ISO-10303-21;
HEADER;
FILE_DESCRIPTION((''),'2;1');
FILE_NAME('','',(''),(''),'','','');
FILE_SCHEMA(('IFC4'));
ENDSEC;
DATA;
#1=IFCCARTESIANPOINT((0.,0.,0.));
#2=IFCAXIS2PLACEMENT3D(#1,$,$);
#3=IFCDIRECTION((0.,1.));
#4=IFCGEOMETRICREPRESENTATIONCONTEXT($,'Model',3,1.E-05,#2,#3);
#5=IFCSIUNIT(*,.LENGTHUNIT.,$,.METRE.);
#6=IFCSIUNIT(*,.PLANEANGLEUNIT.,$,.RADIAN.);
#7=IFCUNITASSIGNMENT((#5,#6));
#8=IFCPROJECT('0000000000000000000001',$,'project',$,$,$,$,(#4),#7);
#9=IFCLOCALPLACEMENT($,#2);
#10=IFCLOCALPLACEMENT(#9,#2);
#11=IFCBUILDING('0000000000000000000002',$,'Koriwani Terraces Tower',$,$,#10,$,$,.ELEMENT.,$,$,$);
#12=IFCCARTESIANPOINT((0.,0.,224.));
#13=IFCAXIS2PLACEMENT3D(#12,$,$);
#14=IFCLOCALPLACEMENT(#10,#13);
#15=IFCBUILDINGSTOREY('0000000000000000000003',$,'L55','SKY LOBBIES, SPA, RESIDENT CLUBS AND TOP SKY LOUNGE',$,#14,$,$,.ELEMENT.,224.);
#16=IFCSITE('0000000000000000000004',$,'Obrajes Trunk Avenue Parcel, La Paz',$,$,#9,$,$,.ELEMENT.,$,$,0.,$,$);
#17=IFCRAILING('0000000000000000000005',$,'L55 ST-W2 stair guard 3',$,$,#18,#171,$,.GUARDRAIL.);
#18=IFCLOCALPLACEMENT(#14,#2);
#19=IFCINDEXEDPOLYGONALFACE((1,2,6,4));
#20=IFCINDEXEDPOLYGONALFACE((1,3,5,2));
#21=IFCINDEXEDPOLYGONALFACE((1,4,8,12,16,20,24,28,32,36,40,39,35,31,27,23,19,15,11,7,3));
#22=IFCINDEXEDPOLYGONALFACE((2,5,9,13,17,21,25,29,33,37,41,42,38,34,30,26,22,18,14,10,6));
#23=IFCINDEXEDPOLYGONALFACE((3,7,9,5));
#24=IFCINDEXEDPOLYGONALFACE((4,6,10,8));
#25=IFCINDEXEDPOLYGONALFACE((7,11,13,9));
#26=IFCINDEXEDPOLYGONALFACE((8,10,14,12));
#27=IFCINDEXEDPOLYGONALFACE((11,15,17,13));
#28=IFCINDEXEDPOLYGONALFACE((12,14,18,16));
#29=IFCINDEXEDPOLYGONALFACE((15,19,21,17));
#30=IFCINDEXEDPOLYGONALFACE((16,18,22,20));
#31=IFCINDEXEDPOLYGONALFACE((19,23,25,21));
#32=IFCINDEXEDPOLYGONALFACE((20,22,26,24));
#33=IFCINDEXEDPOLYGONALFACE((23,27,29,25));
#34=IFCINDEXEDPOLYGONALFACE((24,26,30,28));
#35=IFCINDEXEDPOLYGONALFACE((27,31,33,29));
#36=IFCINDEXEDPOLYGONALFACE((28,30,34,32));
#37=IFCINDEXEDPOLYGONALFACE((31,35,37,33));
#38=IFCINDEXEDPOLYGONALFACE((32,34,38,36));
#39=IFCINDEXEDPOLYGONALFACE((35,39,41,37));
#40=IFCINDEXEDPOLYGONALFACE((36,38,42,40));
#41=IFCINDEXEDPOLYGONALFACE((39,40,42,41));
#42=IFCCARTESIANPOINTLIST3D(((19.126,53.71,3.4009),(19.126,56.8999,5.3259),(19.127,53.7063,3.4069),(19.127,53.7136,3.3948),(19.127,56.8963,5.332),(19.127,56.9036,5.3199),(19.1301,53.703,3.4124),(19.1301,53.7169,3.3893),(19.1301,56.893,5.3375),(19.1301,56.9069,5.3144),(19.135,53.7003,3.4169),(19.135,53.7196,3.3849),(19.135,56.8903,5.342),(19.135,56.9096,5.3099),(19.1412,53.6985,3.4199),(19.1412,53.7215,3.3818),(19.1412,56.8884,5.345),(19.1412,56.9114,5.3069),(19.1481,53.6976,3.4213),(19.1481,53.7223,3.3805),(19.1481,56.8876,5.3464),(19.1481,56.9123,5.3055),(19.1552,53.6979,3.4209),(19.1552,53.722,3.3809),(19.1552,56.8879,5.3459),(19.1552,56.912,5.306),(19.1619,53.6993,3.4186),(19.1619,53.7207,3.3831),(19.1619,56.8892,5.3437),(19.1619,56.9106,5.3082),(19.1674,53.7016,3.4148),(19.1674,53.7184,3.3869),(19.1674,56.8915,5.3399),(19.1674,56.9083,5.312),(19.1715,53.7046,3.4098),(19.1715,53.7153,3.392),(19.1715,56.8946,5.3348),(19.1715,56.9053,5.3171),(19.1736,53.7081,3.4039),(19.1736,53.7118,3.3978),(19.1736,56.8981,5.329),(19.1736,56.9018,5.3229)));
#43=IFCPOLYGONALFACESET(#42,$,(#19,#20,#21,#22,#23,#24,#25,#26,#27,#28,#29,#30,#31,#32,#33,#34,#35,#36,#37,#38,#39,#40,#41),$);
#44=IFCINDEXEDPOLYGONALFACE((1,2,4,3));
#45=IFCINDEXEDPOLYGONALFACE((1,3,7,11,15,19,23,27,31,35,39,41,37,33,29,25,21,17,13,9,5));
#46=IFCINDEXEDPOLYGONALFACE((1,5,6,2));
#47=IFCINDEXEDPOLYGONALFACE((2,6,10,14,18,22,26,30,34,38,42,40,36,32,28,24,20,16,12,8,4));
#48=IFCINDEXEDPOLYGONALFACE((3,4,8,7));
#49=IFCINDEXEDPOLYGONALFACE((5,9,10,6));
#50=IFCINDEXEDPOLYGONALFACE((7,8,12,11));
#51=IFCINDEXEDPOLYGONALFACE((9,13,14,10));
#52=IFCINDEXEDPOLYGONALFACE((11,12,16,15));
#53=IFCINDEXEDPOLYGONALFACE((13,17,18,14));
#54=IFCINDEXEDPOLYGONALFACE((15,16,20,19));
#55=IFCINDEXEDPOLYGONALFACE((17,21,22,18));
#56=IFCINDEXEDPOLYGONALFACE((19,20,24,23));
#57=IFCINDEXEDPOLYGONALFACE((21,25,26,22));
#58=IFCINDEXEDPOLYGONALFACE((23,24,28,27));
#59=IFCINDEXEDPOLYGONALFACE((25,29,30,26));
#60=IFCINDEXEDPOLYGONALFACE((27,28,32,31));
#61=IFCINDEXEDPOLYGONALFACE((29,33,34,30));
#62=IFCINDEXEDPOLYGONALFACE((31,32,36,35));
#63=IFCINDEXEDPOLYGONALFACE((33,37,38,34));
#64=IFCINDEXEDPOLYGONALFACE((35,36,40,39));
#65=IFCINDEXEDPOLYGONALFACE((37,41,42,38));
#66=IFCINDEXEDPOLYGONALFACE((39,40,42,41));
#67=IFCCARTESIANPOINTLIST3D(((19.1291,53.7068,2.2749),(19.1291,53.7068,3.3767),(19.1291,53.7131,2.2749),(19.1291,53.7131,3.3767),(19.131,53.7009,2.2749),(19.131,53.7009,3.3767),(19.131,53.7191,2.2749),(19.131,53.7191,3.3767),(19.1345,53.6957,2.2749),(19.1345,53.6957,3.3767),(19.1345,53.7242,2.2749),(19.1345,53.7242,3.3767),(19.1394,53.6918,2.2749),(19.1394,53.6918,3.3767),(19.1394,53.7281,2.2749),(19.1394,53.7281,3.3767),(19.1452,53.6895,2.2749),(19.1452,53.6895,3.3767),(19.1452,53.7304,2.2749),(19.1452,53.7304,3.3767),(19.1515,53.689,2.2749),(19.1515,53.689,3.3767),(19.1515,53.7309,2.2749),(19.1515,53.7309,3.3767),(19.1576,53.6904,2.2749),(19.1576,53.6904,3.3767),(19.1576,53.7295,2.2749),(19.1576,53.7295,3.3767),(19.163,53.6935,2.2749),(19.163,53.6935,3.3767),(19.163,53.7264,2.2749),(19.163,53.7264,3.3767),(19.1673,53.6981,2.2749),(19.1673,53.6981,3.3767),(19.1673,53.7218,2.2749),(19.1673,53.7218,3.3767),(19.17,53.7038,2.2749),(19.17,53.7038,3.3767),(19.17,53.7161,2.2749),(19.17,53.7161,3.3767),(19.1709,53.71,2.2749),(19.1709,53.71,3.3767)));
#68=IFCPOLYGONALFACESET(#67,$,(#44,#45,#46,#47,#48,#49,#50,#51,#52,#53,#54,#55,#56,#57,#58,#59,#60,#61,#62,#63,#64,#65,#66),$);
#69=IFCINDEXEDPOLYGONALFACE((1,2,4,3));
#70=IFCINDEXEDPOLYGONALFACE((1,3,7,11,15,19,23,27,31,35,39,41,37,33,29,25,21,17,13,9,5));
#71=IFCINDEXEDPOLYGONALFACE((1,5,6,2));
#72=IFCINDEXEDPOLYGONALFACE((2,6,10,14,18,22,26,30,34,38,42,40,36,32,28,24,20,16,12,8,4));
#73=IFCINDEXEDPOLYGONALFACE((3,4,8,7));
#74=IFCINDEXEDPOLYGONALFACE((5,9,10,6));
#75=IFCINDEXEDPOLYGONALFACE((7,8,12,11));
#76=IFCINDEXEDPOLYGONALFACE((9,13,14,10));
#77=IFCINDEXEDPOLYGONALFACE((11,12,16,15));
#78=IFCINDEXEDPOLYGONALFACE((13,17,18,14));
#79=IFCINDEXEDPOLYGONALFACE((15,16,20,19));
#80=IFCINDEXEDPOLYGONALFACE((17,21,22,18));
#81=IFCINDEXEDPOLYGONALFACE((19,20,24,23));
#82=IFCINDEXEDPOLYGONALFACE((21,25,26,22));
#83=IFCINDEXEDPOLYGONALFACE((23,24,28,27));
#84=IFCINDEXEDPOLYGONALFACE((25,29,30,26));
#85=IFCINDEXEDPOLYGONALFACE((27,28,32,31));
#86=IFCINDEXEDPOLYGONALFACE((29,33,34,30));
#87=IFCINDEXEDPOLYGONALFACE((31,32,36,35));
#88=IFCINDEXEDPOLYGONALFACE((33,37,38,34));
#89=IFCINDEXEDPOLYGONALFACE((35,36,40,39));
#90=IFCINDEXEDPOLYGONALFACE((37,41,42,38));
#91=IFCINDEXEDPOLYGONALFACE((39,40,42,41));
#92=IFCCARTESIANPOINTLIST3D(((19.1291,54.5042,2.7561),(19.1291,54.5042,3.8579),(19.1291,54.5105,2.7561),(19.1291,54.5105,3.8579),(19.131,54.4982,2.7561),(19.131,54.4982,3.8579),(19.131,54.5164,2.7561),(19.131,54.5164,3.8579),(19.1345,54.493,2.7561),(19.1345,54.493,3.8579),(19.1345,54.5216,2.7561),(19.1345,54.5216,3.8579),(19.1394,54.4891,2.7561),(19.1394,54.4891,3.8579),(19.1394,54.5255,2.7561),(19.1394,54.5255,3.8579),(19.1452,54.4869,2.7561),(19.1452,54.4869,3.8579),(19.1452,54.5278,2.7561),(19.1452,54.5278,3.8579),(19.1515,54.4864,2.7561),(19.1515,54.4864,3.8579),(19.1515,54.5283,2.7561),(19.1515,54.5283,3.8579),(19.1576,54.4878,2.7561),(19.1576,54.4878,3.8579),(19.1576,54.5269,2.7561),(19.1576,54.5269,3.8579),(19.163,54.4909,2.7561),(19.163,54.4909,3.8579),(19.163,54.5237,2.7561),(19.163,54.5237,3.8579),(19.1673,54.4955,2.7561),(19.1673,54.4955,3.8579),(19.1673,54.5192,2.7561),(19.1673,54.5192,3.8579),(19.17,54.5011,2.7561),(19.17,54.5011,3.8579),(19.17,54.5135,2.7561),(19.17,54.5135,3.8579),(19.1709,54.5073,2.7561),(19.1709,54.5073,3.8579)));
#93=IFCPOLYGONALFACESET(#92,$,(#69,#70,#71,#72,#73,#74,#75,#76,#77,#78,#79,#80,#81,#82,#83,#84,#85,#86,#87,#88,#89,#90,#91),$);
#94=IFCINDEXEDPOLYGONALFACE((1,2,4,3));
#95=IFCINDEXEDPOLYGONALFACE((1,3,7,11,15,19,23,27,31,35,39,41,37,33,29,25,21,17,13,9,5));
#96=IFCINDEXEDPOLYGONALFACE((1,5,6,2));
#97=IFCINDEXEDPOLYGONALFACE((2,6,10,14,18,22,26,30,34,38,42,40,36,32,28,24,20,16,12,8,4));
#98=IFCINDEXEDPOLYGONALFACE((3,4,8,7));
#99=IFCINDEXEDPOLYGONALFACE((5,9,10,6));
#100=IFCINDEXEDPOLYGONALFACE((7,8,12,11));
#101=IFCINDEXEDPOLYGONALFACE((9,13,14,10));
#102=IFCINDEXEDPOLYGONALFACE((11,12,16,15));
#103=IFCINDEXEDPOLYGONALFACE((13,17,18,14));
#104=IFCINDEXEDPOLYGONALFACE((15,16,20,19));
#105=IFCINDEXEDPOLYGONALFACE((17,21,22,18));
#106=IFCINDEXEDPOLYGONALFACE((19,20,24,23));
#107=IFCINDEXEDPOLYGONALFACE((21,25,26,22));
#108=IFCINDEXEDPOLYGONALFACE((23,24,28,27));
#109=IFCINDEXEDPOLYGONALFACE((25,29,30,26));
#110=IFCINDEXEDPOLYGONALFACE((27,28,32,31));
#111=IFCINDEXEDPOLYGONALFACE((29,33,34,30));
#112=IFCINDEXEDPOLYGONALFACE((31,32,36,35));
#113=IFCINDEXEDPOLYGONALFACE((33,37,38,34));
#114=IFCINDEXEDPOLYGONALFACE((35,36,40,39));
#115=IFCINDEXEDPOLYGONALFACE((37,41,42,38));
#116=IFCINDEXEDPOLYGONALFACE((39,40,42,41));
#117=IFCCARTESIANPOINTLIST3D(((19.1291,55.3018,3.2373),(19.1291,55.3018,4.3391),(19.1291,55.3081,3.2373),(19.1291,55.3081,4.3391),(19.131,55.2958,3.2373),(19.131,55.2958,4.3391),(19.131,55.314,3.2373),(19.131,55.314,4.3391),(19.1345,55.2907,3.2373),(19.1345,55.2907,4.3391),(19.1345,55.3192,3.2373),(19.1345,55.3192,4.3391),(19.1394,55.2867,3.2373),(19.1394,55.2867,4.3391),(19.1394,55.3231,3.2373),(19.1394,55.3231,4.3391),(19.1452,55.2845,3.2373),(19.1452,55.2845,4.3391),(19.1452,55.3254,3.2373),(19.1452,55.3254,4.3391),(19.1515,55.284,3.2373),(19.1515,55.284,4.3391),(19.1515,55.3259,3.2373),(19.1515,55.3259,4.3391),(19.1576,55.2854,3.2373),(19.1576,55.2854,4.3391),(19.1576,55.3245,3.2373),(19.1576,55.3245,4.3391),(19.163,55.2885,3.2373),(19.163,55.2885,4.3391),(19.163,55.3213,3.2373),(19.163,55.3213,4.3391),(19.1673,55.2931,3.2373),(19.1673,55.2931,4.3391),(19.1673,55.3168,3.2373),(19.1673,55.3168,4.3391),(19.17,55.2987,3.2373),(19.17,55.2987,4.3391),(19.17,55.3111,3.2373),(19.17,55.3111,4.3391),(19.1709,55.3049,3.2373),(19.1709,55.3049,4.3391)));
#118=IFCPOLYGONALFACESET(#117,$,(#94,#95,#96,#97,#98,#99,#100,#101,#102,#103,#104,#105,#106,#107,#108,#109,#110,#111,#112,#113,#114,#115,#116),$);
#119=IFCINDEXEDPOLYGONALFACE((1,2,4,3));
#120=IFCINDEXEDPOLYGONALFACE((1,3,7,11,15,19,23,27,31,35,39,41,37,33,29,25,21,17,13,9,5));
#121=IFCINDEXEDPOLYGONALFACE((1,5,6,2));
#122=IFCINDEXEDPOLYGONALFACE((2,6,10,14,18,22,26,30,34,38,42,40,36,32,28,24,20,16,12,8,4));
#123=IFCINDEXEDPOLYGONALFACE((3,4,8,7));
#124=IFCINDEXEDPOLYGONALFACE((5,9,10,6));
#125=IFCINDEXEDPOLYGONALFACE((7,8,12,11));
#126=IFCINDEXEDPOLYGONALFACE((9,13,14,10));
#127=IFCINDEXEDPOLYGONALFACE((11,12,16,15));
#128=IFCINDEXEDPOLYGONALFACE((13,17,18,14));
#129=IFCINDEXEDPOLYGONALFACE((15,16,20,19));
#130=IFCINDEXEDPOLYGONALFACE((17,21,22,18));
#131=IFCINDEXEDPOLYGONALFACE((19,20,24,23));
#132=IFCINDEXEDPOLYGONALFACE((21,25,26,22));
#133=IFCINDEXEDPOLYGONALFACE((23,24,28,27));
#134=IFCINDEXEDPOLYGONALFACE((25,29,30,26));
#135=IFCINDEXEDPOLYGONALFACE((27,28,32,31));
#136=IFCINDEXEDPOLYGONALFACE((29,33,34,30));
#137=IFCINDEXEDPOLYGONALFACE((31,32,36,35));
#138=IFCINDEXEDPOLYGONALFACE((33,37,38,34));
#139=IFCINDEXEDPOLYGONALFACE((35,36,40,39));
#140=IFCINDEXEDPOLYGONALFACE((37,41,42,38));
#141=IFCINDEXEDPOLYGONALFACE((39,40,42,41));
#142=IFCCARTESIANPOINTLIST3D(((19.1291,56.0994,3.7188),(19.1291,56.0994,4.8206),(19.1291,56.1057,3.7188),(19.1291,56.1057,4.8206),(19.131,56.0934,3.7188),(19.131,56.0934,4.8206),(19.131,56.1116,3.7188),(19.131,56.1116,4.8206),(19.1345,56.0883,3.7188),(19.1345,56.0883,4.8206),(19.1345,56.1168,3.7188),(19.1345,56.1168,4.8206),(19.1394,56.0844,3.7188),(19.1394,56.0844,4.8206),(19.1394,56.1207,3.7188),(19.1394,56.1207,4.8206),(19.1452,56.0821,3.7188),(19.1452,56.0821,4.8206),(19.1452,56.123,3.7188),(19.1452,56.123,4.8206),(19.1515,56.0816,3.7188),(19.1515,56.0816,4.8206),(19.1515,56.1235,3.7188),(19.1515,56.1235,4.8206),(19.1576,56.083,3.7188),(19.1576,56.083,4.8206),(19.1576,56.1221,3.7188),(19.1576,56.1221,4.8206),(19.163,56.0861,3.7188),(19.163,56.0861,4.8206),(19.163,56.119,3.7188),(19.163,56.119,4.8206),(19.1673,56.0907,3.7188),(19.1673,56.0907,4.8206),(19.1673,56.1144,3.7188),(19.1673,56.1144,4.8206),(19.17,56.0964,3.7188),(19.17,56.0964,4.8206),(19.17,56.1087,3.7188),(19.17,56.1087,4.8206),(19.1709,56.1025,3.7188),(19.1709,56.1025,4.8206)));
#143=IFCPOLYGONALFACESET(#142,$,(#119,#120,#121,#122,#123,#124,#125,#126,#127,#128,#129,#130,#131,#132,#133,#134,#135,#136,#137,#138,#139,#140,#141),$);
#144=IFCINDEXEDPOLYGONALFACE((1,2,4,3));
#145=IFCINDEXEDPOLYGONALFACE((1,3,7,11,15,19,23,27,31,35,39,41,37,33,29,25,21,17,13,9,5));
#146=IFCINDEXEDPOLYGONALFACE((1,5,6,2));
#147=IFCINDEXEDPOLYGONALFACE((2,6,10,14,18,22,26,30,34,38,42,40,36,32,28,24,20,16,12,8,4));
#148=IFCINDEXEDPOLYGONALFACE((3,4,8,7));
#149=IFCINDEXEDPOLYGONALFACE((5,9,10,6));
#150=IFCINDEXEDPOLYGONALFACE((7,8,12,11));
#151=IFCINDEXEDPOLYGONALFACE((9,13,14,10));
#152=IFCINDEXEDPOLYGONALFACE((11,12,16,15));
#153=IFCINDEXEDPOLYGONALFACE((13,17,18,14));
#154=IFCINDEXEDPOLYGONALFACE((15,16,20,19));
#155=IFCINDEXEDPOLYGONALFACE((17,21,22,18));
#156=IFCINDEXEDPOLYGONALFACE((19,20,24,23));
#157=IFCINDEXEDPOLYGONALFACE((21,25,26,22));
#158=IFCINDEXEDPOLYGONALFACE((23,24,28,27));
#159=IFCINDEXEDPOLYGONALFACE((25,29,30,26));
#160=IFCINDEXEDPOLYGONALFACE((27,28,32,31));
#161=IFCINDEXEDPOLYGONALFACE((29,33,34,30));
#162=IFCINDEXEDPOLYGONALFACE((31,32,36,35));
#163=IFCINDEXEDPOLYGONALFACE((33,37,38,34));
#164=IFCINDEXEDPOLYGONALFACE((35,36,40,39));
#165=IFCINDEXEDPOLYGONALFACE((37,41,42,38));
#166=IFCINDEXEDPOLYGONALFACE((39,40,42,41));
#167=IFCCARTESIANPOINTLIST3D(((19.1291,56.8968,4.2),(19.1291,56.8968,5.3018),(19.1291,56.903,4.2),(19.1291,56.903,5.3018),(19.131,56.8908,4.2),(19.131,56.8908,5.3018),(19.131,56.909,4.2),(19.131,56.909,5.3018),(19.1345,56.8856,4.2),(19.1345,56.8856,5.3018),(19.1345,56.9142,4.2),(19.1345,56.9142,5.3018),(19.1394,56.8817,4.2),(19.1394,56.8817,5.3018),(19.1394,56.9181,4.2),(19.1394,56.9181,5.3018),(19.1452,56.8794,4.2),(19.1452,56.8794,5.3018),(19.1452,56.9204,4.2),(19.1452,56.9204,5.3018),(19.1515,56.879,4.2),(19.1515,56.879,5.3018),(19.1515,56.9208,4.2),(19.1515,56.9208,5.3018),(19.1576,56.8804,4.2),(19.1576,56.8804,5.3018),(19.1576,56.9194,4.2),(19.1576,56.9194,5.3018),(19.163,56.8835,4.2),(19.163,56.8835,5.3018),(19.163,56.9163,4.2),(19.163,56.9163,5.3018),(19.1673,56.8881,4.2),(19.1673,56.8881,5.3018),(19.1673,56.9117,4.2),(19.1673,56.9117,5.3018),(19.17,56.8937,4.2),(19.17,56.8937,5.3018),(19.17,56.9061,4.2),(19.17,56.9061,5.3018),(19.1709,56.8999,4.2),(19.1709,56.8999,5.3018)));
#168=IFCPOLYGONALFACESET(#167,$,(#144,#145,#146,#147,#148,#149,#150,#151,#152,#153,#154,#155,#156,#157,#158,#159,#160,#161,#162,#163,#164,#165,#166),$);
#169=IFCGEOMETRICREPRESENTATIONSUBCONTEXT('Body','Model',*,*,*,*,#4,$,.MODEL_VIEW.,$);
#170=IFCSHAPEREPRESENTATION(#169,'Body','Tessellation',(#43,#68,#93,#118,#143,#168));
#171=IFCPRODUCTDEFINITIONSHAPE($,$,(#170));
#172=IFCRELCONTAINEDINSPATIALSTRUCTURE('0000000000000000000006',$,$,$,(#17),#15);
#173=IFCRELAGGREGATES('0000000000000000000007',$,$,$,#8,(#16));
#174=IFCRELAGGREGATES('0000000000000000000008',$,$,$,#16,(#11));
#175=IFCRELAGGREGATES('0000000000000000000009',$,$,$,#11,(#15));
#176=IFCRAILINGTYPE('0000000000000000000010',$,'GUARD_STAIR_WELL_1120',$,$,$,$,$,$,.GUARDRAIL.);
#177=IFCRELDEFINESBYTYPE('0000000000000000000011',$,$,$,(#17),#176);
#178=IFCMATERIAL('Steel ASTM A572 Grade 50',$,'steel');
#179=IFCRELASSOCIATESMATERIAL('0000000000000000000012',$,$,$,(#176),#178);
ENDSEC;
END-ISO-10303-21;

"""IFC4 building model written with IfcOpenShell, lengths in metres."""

from ifc_helpers import new_model, si_unit, direction, frame, origin, origin_2d, place, context, subcontext, project, spatial, circle, extrude, material, type_object, element, save


model = new_model("IFC4")

# Units and contexts
model_context = context("Model", 3, precision=1e-05, world=origin(), true_north=direction((0.0, 1.0)))
body_context = subcontext(model_context, "Body", "Model", "MODEL_VIEW")
ifc_project = project(units=[si_unit("LENGTHUNIT", "METRE"), si_unit("PLANEANGLEUNIT", "RADIAN")], contexts=[model_context])

# Site, building, storey
site_placement = place(None, origin())
site = spatial("IfcSite", under=ifc_project, at=site_placement, Name="Obrajes Trunk Avenue Parcel, La Paz", CompositionType="ELEMENT", RefElevation=0.0)
building_placement = place(site_placement, origin())
building = spatial("IfcBuilding", under=site, at=building_placement, Name="Koriwani Terraces Tower", CompositionType="ELEMENT")
storey_placement = place(building_placement, frame((0.0, 0.0, 224.0)))
storey = spatial("IfcBuildingStorey", under=building, at=storey_placement, Name="L55", Description="SKY LOBBIES, SPA, RESIDENT CLUBS AND TOP SKY LOUNGE", CompositionType="ELEMENT", Elevation=224.0)

# Shared definitions
ifc_material_1 = material(Name="Steel ASTM A572 Grade 50", Category="steel")

# Railing
railing_type_1 = type_object("IfcRailingType", Name="GUARD_STAIR_WELL_1120", PredefinedType="GUARDRAIL", material=ifc_material_1)
railing_1_placement = place(storey_placement, frame((19.1499, 53.71, 2.2749)))
element("IfcRailing", 1, at=railing_1_placement, inside=storey, type_object=railing_type_1, Name="L55 ST-W2 stair guard 3", PredefinedType="GUARDRAIL", context=body_context, shape_type="SweptSolid", body=[
    extrude(circle(Radius=0.0239, at=origin_2d()), frame((0.0, 0.0, 1.126), z_axis=(0.0, 0.856178, 0.516682), x_axis=(-1.0, 0.0, 0.0)), (0.0, 0.0, 1.0), 3.7258),
    extrude(circle(Radius=0.021, at=origin_2d()), origin(), (0.0, 0.0, 1.0), 1.1018),
    extrude(circle(Radius=0.021, at=origin_2d()), frame((0.0, 0.7974, 0.4812)), (0.0, 0.0, 1.0), 1.1018),
    extrude(circle(Radius=0.021, at=origin_2d()), frame((0.0, 1.595, 0.9624)), (0.0, 0.0, 1.0), 1.1018),
    extrude(circle(Radius=0.021, at=origin_2d()), frame((0.0, 2.3926, 1.4438)), (0.0, 0.0, 1.0), 1.1018),
    extrude(circle(Radius=0.021, at=origin_2d()), frame((0.0, 3.1899, 1.925)), (0.0, 0.0, 1.0), 1.1018),
])

save(model, "model.ifc")
